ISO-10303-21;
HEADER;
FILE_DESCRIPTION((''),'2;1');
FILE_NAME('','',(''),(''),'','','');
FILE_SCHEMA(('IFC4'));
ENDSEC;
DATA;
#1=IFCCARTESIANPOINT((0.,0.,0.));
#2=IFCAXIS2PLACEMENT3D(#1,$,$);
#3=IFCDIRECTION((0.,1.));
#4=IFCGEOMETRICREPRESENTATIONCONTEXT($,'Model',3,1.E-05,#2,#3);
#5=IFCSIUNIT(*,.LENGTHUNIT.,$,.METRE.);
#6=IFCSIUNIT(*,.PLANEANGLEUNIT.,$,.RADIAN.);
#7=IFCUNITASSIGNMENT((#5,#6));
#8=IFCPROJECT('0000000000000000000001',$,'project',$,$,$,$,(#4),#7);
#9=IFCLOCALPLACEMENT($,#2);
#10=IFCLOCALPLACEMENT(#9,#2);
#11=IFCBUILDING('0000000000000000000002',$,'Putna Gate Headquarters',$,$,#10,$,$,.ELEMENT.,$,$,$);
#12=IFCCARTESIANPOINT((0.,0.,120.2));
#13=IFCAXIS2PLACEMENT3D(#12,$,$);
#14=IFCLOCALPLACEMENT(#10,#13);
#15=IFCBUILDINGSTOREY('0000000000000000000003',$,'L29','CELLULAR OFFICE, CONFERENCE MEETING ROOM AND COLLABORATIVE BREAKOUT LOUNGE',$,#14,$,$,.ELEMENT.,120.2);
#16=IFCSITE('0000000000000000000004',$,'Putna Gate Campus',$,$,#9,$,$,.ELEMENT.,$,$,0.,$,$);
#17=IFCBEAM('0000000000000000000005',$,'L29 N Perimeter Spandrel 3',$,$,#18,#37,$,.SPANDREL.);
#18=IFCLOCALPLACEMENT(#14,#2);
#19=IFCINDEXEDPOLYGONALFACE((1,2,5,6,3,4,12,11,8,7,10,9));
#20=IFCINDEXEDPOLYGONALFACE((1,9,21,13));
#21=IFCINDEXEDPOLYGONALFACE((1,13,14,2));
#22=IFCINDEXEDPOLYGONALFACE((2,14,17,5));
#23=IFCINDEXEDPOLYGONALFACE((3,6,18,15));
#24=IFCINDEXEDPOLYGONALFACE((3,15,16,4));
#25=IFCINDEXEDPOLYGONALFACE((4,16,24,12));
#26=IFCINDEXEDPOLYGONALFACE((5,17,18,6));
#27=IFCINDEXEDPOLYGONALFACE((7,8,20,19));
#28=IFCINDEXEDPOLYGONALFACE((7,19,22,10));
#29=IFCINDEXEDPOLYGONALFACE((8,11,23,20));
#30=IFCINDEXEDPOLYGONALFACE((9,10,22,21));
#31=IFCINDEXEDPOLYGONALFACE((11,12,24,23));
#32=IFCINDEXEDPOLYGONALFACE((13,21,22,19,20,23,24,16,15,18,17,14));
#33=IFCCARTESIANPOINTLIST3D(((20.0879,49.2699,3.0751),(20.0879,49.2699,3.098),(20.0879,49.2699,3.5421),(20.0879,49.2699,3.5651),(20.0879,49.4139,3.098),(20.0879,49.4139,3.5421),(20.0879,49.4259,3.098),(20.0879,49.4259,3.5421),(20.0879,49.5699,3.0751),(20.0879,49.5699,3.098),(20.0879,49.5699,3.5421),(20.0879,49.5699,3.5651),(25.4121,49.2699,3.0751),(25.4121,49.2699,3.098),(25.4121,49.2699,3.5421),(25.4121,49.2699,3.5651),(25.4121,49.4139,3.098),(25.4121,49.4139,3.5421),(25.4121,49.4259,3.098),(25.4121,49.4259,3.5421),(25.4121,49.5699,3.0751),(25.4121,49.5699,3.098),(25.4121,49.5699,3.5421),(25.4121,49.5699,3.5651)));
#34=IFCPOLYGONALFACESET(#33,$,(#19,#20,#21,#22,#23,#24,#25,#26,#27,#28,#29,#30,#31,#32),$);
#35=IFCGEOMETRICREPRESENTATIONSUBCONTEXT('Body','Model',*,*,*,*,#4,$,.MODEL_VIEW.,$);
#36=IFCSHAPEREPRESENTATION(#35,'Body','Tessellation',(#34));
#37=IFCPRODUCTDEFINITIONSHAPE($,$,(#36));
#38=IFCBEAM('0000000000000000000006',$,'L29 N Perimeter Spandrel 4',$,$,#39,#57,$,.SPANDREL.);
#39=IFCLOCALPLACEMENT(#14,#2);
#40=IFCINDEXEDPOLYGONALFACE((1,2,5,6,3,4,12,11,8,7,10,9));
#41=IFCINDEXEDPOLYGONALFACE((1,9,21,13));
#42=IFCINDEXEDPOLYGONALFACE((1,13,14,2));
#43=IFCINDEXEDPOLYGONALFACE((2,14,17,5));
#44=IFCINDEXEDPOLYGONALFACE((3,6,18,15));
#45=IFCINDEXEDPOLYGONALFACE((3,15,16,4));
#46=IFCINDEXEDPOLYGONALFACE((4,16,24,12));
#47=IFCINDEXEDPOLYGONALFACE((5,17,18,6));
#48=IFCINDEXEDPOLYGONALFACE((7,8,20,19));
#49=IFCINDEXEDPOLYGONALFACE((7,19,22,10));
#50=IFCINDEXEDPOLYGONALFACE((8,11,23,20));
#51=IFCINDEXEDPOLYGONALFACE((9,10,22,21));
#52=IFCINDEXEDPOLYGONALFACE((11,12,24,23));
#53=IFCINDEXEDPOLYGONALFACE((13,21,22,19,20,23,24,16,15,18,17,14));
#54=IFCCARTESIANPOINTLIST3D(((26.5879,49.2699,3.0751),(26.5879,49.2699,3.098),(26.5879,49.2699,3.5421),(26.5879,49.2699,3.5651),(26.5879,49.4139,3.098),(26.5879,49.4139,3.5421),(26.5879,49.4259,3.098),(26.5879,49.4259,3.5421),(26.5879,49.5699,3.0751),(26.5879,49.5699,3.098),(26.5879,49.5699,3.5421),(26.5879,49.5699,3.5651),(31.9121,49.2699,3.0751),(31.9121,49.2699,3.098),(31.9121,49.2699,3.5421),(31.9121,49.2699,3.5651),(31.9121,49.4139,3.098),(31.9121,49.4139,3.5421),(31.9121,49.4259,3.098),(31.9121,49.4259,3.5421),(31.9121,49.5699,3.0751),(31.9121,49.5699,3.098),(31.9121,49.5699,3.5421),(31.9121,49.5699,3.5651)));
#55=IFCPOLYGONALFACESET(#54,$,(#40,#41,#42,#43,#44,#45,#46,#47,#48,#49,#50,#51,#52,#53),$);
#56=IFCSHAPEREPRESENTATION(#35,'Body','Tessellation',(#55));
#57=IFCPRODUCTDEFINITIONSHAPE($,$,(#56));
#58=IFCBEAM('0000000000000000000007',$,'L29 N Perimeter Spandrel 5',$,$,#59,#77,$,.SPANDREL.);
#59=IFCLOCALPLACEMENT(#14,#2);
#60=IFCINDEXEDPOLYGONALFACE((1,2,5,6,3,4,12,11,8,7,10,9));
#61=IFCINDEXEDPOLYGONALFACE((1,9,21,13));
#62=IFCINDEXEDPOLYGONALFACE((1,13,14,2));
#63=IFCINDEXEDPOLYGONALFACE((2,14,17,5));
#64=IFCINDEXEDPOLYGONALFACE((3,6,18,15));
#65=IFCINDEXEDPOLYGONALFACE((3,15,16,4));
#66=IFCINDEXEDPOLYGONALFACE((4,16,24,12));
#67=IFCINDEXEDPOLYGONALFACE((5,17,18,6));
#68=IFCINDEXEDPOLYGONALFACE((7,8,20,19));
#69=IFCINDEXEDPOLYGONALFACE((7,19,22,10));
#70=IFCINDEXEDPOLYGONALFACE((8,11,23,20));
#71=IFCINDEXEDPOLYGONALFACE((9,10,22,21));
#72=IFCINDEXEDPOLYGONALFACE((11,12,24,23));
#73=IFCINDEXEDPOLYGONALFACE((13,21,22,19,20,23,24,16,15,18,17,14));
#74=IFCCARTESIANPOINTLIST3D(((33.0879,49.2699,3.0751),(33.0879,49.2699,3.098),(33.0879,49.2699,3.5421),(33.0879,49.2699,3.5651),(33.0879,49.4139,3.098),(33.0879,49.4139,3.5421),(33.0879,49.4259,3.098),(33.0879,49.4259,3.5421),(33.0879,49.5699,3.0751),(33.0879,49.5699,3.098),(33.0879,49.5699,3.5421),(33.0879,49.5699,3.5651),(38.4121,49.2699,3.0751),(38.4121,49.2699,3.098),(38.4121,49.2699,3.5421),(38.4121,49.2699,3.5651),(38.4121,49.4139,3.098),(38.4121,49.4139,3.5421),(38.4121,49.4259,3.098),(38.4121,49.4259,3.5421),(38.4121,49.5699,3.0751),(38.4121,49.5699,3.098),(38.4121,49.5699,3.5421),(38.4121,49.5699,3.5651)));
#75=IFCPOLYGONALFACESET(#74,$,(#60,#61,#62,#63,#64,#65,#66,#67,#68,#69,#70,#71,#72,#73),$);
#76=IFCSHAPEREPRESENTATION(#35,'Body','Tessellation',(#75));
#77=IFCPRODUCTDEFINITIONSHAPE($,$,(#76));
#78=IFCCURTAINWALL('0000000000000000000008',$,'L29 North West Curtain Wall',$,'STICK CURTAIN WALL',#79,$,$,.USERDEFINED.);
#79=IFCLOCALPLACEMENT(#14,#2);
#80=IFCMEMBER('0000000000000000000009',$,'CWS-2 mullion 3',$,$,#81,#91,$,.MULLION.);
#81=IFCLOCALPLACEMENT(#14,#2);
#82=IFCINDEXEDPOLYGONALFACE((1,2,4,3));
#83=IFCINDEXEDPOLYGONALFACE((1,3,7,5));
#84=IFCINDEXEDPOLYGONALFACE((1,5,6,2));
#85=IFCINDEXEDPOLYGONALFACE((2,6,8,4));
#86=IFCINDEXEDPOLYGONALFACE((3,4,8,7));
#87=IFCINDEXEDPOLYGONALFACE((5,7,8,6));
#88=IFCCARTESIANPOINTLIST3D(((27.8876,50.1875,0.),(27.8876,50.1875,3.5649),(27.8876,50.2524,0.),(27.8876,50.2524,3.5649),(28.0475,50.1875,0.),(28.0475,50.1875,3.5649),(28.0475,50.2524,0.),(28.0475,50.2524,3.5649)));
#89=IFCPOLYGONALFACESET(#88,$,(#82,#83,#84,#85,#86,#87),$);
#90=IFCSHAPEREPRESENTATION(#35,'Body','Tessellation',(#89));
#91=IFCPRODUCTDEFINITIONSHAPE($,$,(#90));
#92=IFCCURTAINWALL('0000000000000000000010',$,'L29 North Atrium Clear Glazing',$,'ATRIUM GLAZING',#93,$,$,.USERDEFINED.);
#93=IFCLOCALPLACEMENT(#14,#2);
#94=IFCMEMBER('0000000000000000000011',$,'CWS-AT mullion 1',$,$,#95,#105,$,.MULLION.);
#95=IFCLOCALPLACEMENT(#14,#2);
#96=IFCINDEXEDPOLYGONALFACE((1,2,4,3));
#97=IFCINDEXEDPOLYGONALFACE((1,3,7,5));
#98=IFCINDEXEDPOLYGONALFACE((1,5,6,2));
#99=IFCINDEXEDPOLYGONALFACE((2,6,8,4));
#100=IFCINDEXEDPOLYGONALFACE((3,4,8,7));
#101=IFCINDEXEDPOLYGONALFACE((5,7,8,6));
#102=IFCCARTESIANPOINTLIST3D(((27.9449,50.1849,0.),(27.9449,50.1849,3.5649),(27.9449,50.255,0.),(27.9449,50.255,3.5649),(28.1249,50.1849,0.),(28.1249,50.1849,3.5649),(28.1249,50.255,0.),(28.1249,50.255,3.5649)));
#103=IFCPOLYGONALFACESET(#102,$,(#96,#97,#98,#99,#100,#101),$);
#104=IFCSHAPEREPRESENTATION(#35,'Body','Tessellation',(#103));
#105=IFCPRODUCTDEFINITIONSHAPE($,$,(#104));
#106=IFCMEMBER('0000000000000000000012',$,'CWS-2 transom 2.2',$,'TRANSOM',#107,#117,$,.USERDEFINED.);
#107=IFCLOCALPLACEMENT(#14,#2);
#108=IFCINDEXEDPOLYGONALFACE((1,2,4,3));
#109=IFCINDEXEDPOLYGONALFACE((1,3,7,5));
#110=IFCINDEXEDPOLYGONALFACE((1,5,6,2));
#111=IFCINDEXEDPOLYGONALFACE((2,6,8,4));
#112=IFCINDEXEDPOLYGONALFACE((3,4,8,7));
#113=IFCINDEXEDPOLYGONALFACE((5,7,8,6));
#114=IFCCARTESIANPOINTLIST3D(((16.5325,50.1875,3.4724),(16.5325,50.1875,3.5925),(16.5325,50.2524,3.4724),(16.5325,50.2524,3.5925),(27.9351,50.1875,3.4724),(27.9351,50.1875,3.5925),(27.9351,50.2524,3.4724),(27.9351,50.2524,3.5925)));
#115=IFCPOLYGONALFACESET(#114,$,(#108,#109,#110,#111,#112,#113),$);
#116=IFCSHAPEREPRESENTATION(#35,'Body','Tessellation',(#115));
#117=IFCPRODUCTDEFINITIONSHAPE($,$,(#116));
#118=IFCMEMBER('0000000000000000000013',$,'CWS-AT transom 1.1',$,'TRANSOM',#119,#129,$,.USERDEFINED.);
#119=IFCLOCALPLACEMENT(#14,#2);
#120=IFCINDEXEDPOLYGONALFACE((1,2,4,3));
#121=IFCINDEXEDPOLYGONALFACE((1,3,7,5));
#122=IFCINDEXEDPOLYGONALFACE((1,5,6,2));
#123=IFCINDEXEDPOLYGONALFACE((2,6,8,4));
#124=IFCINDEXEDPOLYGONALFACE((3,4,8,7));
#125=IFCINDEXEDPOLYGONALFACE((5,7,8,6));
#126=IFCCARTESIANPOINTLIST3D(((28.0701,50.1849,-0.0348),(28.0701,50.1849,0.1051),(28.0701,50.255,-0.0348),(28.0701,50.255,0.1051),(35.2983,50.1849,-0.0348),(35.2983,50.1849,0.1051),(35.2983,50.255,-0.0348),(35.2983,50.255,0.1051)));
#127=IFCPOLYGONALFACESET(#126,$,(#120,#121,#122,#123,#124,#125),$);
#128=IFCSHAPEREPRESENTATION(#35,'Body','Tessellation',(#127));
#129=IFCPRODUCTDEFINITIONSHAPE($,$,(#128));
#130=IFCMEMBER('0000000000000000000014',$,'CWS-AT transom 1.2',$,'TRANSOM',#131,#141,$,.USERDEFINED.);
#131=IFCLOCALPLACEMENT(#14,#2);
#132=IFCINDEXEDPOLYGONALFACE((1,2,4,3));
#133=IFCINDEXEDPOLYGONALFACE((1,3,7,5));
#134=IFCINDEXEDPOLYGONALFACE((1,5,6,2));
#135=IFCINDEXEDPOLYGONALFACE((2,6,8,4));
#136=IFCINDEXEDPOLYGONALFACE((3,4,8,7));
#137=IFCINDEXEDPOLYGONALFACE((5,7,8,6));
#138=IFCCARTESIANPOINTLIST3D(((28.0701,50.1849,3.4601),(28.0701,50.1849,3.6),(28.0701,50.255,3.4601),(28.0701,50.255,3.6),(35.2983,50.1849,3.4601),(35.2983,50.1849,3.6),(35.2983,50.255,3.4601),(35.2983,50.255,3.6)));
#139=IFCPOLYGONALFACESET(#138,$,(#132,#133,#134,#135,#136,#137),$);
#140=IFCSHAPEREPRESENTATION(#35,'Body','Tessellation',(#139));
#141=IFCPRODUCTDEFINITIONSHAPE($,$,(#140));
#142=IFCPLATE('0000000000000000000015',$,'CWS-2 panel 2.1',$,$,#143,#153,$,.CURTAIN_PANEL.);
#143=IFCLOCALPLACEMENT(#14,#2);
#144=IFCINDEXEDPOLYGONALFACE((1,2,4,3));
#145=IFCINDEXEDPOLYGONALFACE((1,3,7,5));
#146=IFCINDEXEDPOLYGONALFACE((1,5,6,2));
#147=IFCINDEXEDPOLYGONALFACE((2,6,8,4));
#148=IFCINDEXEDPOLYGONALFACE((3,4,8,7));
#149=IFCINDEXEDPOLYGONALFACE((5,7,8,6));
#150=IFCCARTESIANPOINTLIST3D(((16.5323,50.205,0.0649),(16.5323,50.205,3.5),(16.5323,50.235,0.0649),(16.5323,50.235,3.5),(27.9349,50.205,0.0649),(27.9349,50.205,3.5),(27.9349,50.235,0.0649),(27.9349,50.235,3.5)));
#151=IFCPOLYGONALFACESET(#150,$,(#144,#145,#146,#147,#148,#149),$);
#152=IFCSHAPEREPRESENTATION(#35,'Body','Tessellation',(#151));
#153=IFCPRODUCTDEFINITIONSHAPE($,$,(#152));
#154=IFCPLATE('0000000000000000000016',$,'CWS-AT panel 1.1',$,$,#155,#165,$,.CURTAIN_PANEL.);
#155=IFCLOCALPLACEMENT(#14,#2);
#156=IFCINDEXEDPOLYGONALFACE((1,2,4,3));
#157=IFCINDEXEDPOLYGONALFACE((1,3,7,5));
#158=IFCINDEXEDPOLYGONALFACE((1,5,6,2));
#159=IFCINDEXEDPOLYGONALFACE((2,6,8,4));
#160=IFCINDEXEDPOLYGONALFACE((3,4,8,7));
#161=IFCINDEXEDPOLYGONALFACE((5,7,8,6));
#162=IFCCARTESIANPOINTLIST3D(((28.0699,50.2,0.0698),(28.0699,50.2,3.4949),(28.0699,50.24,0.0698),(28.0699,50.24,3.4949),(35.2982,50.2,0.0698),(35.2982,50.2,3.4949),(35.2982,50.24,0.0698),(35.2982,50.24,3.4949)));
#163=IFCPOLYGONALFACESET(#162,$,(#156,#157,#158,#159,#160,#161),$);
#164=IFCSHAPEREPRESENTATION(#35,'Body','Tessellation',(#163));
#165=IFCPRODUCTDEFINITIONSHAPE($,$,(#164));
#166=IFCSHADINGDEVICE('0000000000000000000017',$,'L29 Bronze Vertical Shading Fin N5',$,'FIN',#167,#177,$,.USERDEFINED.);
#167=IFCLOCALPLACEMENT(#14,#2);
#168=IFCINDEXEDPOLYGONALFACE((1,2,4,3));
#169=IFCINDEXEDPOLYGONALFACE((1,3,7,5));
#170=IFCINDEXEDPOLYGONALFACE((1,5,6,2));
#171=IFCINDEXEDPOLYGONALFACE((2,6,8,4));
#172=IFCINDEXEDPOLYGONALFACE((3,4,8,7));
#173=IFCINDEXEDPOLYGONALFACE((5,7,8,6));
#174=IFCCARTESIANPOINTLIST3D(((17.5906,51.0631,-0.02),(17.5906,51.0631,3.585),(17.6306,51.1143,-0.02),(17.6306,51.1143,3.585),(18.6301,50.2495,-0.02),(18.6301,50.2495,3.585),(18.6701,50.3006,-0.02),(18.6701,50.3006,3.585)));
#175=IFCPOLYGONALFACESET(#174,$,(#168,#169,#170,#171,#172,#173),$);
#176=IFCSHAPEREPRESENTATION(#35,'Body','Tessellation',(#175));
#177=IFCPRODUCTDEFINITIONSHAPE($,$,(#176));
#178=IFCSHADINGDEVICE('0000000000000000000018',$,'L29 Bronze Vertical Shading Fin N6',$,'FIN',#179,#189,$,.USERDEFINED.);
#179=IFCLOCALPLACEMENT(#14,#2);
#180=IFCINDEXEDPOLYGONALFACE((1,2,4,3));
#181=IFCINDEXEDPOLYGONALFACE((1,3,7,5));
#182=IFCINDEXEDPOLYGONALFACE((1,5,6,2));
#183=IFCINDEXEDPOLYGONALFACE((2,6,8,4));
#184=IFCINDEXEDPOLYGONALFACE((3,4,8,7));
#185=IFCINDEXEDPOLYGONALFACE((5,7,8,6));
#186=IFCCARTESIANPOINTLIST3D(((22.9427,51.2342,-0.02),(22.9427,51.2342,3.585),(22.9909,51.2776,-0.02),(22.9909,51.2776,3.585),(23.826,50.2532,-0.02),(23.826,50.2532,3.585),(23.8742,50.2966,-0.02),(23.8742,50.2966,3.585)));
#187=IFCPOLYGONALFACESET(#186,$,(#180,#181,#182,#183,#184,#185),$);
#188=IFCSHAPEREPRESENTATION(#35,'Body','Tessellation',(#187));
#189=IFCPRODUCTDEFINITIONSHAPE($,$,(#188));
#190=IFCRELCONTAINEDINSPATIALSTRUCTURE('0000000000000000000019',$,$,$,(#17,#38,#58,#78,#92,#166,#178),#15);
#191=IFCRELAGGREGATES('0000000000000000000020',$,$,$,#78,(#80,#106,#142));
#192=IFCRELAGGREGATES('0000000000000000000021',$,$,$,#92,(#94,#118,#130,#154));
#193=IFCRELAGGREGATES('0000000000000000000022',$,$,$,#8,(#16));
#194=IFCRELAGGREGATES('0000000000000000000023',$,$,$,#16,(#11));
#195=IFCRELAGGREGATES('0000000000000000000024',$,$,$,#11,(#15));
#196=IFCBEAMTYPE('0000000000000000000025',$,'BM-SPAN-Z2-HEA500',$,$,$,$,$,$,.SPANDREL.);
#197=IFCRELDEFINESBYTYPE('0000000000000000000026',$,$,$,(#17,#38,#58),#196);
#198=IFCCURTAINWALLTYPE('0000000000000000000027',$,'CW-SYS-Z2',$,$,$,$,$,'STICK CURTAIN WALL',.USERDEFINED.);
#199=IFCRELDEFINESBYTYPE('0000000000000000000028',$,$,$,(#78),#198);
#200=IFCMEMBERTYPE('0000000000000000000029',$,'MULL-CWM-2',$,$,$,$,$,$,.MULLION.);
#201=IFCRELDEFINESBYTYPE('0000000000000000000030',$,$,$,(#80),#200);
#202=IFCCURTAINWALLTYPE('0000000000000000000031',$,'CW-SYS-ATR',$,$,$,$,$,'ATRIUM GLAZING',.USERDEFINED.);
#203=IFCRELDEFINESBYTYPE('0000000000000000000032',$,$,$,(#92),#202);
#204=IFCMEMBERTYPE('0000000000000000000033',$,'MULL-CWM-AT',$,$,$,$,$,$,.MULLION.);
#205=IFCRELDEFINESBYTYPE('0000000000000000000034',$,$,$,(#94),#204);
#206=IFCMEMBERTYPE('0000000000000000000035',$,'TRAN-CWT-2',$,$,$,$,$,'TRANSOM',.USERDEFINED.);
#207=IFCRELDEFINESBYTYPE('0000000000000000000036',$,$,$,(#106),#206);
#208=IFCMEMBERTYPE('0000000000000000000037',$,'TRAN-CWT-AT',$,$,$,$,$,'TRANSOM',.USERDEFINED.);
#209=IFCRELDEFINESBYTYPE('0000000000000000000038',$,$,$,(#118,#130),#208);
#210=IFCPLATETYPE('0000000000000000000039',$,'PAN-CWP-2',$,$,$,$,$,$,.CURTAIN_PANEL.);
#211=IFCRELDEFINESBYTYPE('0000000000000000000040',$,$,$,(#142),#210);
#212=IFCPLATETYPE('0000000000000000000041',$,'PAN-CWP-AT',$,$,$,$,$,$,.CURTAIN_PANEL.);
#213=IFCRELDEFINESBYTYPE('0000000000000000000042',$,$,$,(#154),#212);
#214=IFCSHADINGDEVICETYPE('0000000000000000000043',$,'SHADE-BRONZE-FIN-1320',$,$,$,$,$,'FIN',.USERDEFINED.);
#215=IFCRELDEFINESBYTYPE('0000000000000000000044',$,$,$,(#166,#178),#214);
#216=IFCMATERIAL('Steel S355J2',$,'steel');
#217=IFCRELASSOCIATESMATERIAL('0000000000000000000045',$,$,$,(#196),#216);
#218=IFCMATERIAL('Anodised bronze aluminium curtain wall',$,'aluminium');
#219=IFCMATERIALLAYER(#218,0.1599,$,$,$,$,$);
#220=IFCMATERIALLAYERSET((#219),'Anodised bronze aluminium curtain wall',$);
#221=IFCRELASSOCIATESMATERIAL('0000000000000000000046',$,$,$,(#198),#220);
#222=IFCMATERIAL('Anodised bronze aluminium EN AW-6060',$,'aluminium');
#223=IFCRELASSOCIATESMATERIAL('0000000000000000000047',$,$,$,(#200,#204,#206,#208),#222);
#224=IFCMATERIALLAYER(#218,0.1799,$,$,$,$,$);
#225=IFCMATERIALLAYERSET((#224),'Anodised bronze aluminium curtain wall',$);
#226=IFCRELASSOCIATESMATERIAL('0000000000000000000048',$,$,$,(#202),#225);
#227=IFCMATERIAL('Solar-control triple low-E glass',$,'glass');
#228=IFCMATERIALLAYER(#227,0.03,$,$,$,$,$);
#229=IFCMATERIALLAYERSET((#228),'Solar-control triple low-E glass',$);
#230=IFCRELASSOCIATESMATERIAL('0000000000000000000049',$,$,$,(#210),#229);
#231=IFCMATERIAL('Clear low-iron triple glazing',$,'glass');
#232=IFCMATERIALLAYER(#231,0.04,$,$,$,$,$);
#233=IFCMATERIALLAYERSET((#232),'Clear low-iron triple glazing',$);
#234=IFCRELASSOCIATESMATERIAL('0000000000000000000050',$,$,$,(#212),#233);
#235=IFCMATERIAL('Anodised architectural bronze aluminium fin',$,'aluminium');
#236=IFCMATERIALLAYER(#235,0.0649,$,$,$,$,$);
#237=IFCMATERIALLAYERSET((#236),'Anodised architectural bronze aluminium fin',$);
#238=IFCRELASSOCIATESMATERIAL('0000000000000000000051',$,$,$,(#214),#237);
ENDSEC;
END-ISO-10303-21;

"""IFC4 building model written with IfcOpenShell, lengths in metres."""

from ifc_helpers import new_model, si_unit, direction, frame, origin, origin_2d, place, context, subcontext, project, spatial, rectangle, i_section, extrude, material, layer, layer_set, material_profile, profile_set, type_object, element, aggregate, save


model = new_model("IFC4")

# Units and contexts
model_context = context("Model", 3, precision=1e-05, world=origin(), true_north=direction((0.0, 1.0)))
body_context = subcontext(model_context, "Body", "Model", "MODEL_VIEW")
ifc_project = project(units=[si_unit("LENGTHUNIT", "METRE"), si_unit("PLANEANGLEUNIT", "RADIAN")], contexts=[model_context])

# Site, building, storey
site_placement = place(None, origin())
site = spatial("IfcSite", under=ifc_project, at=site_placement, Name="Putna Gate Campus", CompositionType="ELEMENT", RefElevation=0.0)
building_placement = place(site_placement, origin())
building = spatial("IfcBuilding", under=site, at=building_placement, Name="Putna Gate Headquarters", CompositionType="ELEMENT")
storey_placement = place(building_placement, frame((0.0, 0.0, 120.2)))
storey = spatial("IfcBuildingStorey", under=building, at=storey_placement, Name="L29", Description="CELLULAR OFFICE, CONFERENCE MEETING ROOM AND COLLABORATIVE BREAKOUT LOUNGE", CompositionType="ELEMENT", Elevation=120.2)

# Beams
ifc_material_1 = material(Name="Steel S355J2", Category="steel")
ifc_material_profile_1 = material_profile(ifc_material_1, i_section(OverallWidth=0.3, OverallDepth=0.49, WebThickness=0.012, FlangeThickness=0.0229, at=origin_2d()), Name="Steel S355J2")
ifc_profile_set_1 = profile_set([ifc_material_profile_1], Name="Steel S355J2")
beam_type_1 = type_object("IfcBeamType", Name="BM-SPAN-Z2-HEA500", PredefinedType="SPANDREL", material=ifc_profile_set_1)
for number, where, z_axis, x_axis, name in (
    (1, (20.0879, 49.4199, 3.3201), (1.0, 0.0, 0.0), (0.0, 1.0, 0.0), "L29 N Perimeter Spandrel 3"),
    (2, (26.5879, 49.4199, 3.3201), (1.0, 0.0, 0.0), (0.0, 1.0, 0.0), "L29 N Perimeter Spandrel 4"),
    (3, (33.0879, 49.4199, 3.3201), (1.0, 0.0, 0.0), (0.0, 1.0, 0.0), "L29 N Perimeter Spandrel 5"),
):
    element("IfcBeam", number, at=place(storey_placement, frame(where, z_axis=z_axis, x_axis=x_axis)), inside=storey, type_object=beam_type_1, Name=name, PredefinedType="SPANDREL", context=body_context, shape_type="SweptSolid", body=[
        extrude(i_section(OverallWidth=0.3, OverallDepth=0.49, WebThickness=0.012, FlangeThickness=0.0229, at=origin_2d()), origin(), (0.0, 0.0, 1.0), 5.3242),
    ])

# Curtain walls, members
ifc_material_2 = material(Name="Anodised bronze aluminium curtain wall", Category="aluminium")
ifc_layer_1 = layer(ifc_material_2, 0.1599)
ifc_layer_set_1 = layer_set([ifc_layer_1], Name="Anodised bronze aluminium curtain wall")
curtain_wall_type_1 = type_object("IfcCurtainWallType", Name="CW-SYS-Z2", ElementType="STICK CURTAIN WALL", PredefinedType="USERDEFINED", material=ifc_layer_set_1)
curtain_wall_1_placement = place(storey_placement, origin())
curtain_wall_1 = element("IfcCurtainWall", 4, at=curtain_wall_1_placement, inside=storey, type_object=curtain_wall_type_1, Name="L29 North West Curtain Wall", ObjectType="STICK CURTAIN WALL", PredefinedType="USERDEFINED")
ifc_material_3 = material(Name="Anodised bronze aluminium EN AW-6060", Category="aluminium")
ifc_material_profile_2 = material_profile(ifc_material_3, rectangle(XDim=0.0649, YDim=0.1599, at=origin_2d()), Name="Anodised bronze aluminium EN AW-6060")
ifc_profile_set_2 = profile_set([ifc_material_profile_2], Name="Anodised bronze aluminium EN AW-6060")
member_type_1 = type_object("IfcMemberType", Name="MULL-CWM-2", PredefinedType="MULLION", material=ifc_profile_set_2)
member_1_placement = place(storey_placement, frame((27.9675, 50.22, 0.0), z_axis=(0.0, 0.0, 1.0), x_axis=(0.0, 1.0, 0.0)))
member_1 = element("IfcMember", 5, at=member_1_placement, type_object=member_type_1, Name="CWS-2 mullion 3", PredefinedType="MULLION", context=body_context, shape_type="SweptSolid", body=[
    extrude(rectangle(XDim=0.0649, YDim=0.1599, at=origin_2d()), origin(), (0.0, 0.0, 1.0), 3.5649),
])
ifc_layer_2 = layer(ifc_material_2, 0.1799)
ifc_layer_set_2 = layer_set([ifc_layer_2], Name="Anodised bronze aluminium curtain wall")
curtain_wall_type_2 = type_object("IfcCurtainWallType", Name="CW-SYS-ATR", ElementType="ATRIUM GLAZING", PredefinedType="USERDEFINED", material=ifc_layer_set_2)
curtain_wall_2_placement = place(storey_placement, origin())
curtain_wall_2 = element("IfcCurtainWall", 6, at=curtain_wall_2_placement, inside=storey, type_object=curtain_wall_type_2, Name="L29 North Atrium Clear Glazing", ObjectType="ATRIUM GLAZING", PredefinedType="USERDEFINED")
ifc_material_profile_3 = material_profile(ifc_material_3, rectangle(XDim=0.0701, YDim=0.1799, at=origin_2d()), Name="Anodised bronze aluminium EN AW-6060")
ifc_profile_set_3 = profile_set([ifc_material_profile_3], Name="Anodised bronze aluminium EN AW-6060")
member_type_2 = type_object("IfcMemberType", Name="MULL-CWM-AT", PredefinedType="MULLION", material=ifc_profile_set_3)
member_2_placement = place(storey_placement, frame((28.0349, 50.22, 0.0), z_axis=(0.0, 0.0, 1.0), x_axis=(0.0, 1.0, 0.0)))
member_2 = element("IfcMember", 7, at=member_2_placement, type_object=member_type_2, Name="CWS-AT mullion 1", PredefinedType="MULLION", context=body_context, shape_type="SweptSolid", body=[
    extrude(rectangle(XDim=0.0701, YDim=0.1799, at=origin_2d()), origin(), (0.0, 0.0, 1.0), 3.5649),
])

# Members
ifc_material_profile_4 = material_profile(ifc_material_3, rectangle(XDim=0.0649, YDim=0.1201, at=origin_2d()), Name="Anodised bronze aluminium EN AW-6060")
ifc_profile_set_4 = profile_set([ifc_material_profile_4], Name="Anodised bronze aluminium EN AW-6060")
member_type_3 = type_object("IfcMemberType", Name="TRAN-CWT-2", ElementType="TRANSOM", PredefinedType="USERDEFINED", material=ifc_profile_set_4)
member_3_placement = place(storey_placement, frame((16.5325, 50.22, 3.5325), z_axis=(1.0, 0.0, 0.0), x_axis=(0.0, 1.0, 0.0)))
member_3 = element("IfcMember", 8, at=member_3_placement, type_object=member_type_3, Name="CWS-2 transom 2.2", ObjectType="TRANSOM", PredefinedType="USERDEFINED", context=body_context, shape_type="SweptSolid", body=[
    extrude(rectangle(XDim=0.0649, YDim=0.1201, at=origin_2d()), origin(), (0.0, 0.0, 1.0), 11.4026),
])
ifc_material_profile_5 = material_profile(ifc_material_3, rectangle(XDim=0.0701, YDim=0.1399, at=origin_2d()), Name="Anodised bronze aluminium EN AW-6060")
ifc_profile_set_5 = profile_set([ifc_material_profile_5], Name="Anodised bronze aluminium EN AW-6060")
member_type_4 = type_object("IfcMemberType", Name="TRAN-CWT-AT", ElementType="TRANSOM", PredefinedType="USERDEFINED", material=ifc_profile_set_5)
member_4_placement = place(storey_placement, frame((28.0701, 50.22, 0.0352), z_axis=(1.0, 0.0, 0.0), x_axis=(0.0, 1.0, 0.0)))
member_4 = element("IfcMember", 9, at=member_4_placement, type_object=member_type_4, Name="CWS-AT transom 1.1", ObjectType="TRANSOM", PredefinedType="USERDEFINED", context=body_context, shape_type="SweptSolid", body=[
    extrude(rectangle(XDim=0.0701, YDim=0.1399, at=origin_2d()), origin(), (0.0, 0.0, 1.0), 7.2283),
])
member_5_placement = place(storey_placement, frame((28.0701, 50.22, 3.53), z_axis=(1.0, 0.0, 0.0), x_axis=(0.0, 1.0, 0.0)))
member_5 = element("IfcMember", 10, at=member_5_placement, type_object=member_type_4, Name="CWS-AT transom 1.2", ObjectType="TRANSOM", PredefinedType="USERDEFINED", context=body_context, shape_type="SweptSolid", body=[
    extrude(rectangle(XDim=0.0701, YDim=0.1399, at=origin_2d()), origin(), (0.0, 0.0, 1.0), 7.2283),
])

# Plates
ifc_material_4 = material(Name="Solar-control triple low-E glass", Category="glass")
ifc_layer_3 = layer(ifc_material_4, 0.03)
ifc_layer_set_3 = layer_set([ifc_layer_3], Name="Solar-control triple low-E glass")
plate_type_1 = type_object("IfcPlateType", Name="PAN-CWP-2", PredefinedType="CURTAIN_PANEL", material=ifc_layer_set_3)
plate_1_placement = place(storey_placement, frame((22.2336, 50.22, 0.0649), z_axis=(0.0, 0.0, 1.0), x_axis=(1.0, 0.0, 0.0)))
plate_1 = element("IfcPlate", 11, at=plate_1_placement, type_object=plate_type_1, Name="CWS-2 panel 2.1", PredefinedType="CURTAIN_PANEL", context=body_context, shape_type="SweptSolid", body=[
    extrude(rectangle(XDim=11.4026, YDim=0.03, at=origin_2d()), origin(), (0.0, 0.0, 1.0), 3.4351),
])
aggregate(curtain_wall_1, [member_1, member_3, plate_1])
ifc_material_5 = material(Name="Clear low-iron triple glazing", Category="glass")
ifc_layer_4 = layer(ifc_material_5, 0.04)
ifc_layer_set_4 = layer_set([ifc_layer_4], Name="Clear low-iron triple glazing")
plate_type_2 = type_object("IfcPlateType", Name="PAN-CWP-AT", PredefinedType="CURTAIN_PANEL", material=ifc_layer_set_4)
plate_2_placement = place(storey_placement, frame((31.6841, 50.22, 0.0698), z_axis=(0.0, 0.0, 1.0), x_axis=(1.0, 0.0, 0.0)))
plate_2 = element("IfcPlate", 12, at=plate_2_placement, type_object=plate_type_2, Name="CWS-AT panel 1.1", PredefinedType="CURTAIN_PANEL", context=body_context, shape_type="SweptSolid", body=[
    extrude(rectangle(XDim=7.2283, YDim=0.04, at=origin_2d()), origin(), (0.0, 0.0, 1.0), 3.425),
])
aggregate(curtain_wall_2, [member_2, member_4, member_5, plate_2])

# Shading devices
ifc_material_6 = material(Name="Anodised architectural bronze aluminium fin", Category="aluminium")
ifc_layer_5 = layer(ifc_material_6, 0.0649)
ifc_layer_set_5 = layer_set([ifc_layer_5], Name="Anodised architectural bronze aluminium fin")
shading_device_type = type_object("IfcShadingDeviceType", Name="SHADE-BRONZE-FIN-1320", ElementType="FIN", PredefinedType="USERDEFINED", material=ifc_layer_set_5)
for number, where, z_axis, x_axis, name in (
    (13, (18.1304, 50.6819, -0.02), (0.0, 0.0, 1.0), (-0.787473, 0.616349, 0.0), "L29 Bronze Vertical Shading Fin N5"),
    (14, (23.4084, 50.7654, -0.02), (0.0, 0.0, 1.0), (-0.669131, 0.743145, 0.0), "L29 Bronze Vertical Shading Fin N6"),
):
    element("IfcShadingDevice", number, at=place(storey_placement, frame(where, z_axis=z_axis, x_axis=x_axis)), inside=storey, type_object=shading_device_type, Name=name, ObjectType="FIN", PredefinedType="USERDEFINED", context=body_context, shape_type="SweptSolid", body=[
        extrude(rectangle(XDim=1.3201, YDim=0.0649, at=origin_2d()), origin(), (0.0, 0.0, 1.0), 3.605),
    ])

save(model, "model.ifc")
